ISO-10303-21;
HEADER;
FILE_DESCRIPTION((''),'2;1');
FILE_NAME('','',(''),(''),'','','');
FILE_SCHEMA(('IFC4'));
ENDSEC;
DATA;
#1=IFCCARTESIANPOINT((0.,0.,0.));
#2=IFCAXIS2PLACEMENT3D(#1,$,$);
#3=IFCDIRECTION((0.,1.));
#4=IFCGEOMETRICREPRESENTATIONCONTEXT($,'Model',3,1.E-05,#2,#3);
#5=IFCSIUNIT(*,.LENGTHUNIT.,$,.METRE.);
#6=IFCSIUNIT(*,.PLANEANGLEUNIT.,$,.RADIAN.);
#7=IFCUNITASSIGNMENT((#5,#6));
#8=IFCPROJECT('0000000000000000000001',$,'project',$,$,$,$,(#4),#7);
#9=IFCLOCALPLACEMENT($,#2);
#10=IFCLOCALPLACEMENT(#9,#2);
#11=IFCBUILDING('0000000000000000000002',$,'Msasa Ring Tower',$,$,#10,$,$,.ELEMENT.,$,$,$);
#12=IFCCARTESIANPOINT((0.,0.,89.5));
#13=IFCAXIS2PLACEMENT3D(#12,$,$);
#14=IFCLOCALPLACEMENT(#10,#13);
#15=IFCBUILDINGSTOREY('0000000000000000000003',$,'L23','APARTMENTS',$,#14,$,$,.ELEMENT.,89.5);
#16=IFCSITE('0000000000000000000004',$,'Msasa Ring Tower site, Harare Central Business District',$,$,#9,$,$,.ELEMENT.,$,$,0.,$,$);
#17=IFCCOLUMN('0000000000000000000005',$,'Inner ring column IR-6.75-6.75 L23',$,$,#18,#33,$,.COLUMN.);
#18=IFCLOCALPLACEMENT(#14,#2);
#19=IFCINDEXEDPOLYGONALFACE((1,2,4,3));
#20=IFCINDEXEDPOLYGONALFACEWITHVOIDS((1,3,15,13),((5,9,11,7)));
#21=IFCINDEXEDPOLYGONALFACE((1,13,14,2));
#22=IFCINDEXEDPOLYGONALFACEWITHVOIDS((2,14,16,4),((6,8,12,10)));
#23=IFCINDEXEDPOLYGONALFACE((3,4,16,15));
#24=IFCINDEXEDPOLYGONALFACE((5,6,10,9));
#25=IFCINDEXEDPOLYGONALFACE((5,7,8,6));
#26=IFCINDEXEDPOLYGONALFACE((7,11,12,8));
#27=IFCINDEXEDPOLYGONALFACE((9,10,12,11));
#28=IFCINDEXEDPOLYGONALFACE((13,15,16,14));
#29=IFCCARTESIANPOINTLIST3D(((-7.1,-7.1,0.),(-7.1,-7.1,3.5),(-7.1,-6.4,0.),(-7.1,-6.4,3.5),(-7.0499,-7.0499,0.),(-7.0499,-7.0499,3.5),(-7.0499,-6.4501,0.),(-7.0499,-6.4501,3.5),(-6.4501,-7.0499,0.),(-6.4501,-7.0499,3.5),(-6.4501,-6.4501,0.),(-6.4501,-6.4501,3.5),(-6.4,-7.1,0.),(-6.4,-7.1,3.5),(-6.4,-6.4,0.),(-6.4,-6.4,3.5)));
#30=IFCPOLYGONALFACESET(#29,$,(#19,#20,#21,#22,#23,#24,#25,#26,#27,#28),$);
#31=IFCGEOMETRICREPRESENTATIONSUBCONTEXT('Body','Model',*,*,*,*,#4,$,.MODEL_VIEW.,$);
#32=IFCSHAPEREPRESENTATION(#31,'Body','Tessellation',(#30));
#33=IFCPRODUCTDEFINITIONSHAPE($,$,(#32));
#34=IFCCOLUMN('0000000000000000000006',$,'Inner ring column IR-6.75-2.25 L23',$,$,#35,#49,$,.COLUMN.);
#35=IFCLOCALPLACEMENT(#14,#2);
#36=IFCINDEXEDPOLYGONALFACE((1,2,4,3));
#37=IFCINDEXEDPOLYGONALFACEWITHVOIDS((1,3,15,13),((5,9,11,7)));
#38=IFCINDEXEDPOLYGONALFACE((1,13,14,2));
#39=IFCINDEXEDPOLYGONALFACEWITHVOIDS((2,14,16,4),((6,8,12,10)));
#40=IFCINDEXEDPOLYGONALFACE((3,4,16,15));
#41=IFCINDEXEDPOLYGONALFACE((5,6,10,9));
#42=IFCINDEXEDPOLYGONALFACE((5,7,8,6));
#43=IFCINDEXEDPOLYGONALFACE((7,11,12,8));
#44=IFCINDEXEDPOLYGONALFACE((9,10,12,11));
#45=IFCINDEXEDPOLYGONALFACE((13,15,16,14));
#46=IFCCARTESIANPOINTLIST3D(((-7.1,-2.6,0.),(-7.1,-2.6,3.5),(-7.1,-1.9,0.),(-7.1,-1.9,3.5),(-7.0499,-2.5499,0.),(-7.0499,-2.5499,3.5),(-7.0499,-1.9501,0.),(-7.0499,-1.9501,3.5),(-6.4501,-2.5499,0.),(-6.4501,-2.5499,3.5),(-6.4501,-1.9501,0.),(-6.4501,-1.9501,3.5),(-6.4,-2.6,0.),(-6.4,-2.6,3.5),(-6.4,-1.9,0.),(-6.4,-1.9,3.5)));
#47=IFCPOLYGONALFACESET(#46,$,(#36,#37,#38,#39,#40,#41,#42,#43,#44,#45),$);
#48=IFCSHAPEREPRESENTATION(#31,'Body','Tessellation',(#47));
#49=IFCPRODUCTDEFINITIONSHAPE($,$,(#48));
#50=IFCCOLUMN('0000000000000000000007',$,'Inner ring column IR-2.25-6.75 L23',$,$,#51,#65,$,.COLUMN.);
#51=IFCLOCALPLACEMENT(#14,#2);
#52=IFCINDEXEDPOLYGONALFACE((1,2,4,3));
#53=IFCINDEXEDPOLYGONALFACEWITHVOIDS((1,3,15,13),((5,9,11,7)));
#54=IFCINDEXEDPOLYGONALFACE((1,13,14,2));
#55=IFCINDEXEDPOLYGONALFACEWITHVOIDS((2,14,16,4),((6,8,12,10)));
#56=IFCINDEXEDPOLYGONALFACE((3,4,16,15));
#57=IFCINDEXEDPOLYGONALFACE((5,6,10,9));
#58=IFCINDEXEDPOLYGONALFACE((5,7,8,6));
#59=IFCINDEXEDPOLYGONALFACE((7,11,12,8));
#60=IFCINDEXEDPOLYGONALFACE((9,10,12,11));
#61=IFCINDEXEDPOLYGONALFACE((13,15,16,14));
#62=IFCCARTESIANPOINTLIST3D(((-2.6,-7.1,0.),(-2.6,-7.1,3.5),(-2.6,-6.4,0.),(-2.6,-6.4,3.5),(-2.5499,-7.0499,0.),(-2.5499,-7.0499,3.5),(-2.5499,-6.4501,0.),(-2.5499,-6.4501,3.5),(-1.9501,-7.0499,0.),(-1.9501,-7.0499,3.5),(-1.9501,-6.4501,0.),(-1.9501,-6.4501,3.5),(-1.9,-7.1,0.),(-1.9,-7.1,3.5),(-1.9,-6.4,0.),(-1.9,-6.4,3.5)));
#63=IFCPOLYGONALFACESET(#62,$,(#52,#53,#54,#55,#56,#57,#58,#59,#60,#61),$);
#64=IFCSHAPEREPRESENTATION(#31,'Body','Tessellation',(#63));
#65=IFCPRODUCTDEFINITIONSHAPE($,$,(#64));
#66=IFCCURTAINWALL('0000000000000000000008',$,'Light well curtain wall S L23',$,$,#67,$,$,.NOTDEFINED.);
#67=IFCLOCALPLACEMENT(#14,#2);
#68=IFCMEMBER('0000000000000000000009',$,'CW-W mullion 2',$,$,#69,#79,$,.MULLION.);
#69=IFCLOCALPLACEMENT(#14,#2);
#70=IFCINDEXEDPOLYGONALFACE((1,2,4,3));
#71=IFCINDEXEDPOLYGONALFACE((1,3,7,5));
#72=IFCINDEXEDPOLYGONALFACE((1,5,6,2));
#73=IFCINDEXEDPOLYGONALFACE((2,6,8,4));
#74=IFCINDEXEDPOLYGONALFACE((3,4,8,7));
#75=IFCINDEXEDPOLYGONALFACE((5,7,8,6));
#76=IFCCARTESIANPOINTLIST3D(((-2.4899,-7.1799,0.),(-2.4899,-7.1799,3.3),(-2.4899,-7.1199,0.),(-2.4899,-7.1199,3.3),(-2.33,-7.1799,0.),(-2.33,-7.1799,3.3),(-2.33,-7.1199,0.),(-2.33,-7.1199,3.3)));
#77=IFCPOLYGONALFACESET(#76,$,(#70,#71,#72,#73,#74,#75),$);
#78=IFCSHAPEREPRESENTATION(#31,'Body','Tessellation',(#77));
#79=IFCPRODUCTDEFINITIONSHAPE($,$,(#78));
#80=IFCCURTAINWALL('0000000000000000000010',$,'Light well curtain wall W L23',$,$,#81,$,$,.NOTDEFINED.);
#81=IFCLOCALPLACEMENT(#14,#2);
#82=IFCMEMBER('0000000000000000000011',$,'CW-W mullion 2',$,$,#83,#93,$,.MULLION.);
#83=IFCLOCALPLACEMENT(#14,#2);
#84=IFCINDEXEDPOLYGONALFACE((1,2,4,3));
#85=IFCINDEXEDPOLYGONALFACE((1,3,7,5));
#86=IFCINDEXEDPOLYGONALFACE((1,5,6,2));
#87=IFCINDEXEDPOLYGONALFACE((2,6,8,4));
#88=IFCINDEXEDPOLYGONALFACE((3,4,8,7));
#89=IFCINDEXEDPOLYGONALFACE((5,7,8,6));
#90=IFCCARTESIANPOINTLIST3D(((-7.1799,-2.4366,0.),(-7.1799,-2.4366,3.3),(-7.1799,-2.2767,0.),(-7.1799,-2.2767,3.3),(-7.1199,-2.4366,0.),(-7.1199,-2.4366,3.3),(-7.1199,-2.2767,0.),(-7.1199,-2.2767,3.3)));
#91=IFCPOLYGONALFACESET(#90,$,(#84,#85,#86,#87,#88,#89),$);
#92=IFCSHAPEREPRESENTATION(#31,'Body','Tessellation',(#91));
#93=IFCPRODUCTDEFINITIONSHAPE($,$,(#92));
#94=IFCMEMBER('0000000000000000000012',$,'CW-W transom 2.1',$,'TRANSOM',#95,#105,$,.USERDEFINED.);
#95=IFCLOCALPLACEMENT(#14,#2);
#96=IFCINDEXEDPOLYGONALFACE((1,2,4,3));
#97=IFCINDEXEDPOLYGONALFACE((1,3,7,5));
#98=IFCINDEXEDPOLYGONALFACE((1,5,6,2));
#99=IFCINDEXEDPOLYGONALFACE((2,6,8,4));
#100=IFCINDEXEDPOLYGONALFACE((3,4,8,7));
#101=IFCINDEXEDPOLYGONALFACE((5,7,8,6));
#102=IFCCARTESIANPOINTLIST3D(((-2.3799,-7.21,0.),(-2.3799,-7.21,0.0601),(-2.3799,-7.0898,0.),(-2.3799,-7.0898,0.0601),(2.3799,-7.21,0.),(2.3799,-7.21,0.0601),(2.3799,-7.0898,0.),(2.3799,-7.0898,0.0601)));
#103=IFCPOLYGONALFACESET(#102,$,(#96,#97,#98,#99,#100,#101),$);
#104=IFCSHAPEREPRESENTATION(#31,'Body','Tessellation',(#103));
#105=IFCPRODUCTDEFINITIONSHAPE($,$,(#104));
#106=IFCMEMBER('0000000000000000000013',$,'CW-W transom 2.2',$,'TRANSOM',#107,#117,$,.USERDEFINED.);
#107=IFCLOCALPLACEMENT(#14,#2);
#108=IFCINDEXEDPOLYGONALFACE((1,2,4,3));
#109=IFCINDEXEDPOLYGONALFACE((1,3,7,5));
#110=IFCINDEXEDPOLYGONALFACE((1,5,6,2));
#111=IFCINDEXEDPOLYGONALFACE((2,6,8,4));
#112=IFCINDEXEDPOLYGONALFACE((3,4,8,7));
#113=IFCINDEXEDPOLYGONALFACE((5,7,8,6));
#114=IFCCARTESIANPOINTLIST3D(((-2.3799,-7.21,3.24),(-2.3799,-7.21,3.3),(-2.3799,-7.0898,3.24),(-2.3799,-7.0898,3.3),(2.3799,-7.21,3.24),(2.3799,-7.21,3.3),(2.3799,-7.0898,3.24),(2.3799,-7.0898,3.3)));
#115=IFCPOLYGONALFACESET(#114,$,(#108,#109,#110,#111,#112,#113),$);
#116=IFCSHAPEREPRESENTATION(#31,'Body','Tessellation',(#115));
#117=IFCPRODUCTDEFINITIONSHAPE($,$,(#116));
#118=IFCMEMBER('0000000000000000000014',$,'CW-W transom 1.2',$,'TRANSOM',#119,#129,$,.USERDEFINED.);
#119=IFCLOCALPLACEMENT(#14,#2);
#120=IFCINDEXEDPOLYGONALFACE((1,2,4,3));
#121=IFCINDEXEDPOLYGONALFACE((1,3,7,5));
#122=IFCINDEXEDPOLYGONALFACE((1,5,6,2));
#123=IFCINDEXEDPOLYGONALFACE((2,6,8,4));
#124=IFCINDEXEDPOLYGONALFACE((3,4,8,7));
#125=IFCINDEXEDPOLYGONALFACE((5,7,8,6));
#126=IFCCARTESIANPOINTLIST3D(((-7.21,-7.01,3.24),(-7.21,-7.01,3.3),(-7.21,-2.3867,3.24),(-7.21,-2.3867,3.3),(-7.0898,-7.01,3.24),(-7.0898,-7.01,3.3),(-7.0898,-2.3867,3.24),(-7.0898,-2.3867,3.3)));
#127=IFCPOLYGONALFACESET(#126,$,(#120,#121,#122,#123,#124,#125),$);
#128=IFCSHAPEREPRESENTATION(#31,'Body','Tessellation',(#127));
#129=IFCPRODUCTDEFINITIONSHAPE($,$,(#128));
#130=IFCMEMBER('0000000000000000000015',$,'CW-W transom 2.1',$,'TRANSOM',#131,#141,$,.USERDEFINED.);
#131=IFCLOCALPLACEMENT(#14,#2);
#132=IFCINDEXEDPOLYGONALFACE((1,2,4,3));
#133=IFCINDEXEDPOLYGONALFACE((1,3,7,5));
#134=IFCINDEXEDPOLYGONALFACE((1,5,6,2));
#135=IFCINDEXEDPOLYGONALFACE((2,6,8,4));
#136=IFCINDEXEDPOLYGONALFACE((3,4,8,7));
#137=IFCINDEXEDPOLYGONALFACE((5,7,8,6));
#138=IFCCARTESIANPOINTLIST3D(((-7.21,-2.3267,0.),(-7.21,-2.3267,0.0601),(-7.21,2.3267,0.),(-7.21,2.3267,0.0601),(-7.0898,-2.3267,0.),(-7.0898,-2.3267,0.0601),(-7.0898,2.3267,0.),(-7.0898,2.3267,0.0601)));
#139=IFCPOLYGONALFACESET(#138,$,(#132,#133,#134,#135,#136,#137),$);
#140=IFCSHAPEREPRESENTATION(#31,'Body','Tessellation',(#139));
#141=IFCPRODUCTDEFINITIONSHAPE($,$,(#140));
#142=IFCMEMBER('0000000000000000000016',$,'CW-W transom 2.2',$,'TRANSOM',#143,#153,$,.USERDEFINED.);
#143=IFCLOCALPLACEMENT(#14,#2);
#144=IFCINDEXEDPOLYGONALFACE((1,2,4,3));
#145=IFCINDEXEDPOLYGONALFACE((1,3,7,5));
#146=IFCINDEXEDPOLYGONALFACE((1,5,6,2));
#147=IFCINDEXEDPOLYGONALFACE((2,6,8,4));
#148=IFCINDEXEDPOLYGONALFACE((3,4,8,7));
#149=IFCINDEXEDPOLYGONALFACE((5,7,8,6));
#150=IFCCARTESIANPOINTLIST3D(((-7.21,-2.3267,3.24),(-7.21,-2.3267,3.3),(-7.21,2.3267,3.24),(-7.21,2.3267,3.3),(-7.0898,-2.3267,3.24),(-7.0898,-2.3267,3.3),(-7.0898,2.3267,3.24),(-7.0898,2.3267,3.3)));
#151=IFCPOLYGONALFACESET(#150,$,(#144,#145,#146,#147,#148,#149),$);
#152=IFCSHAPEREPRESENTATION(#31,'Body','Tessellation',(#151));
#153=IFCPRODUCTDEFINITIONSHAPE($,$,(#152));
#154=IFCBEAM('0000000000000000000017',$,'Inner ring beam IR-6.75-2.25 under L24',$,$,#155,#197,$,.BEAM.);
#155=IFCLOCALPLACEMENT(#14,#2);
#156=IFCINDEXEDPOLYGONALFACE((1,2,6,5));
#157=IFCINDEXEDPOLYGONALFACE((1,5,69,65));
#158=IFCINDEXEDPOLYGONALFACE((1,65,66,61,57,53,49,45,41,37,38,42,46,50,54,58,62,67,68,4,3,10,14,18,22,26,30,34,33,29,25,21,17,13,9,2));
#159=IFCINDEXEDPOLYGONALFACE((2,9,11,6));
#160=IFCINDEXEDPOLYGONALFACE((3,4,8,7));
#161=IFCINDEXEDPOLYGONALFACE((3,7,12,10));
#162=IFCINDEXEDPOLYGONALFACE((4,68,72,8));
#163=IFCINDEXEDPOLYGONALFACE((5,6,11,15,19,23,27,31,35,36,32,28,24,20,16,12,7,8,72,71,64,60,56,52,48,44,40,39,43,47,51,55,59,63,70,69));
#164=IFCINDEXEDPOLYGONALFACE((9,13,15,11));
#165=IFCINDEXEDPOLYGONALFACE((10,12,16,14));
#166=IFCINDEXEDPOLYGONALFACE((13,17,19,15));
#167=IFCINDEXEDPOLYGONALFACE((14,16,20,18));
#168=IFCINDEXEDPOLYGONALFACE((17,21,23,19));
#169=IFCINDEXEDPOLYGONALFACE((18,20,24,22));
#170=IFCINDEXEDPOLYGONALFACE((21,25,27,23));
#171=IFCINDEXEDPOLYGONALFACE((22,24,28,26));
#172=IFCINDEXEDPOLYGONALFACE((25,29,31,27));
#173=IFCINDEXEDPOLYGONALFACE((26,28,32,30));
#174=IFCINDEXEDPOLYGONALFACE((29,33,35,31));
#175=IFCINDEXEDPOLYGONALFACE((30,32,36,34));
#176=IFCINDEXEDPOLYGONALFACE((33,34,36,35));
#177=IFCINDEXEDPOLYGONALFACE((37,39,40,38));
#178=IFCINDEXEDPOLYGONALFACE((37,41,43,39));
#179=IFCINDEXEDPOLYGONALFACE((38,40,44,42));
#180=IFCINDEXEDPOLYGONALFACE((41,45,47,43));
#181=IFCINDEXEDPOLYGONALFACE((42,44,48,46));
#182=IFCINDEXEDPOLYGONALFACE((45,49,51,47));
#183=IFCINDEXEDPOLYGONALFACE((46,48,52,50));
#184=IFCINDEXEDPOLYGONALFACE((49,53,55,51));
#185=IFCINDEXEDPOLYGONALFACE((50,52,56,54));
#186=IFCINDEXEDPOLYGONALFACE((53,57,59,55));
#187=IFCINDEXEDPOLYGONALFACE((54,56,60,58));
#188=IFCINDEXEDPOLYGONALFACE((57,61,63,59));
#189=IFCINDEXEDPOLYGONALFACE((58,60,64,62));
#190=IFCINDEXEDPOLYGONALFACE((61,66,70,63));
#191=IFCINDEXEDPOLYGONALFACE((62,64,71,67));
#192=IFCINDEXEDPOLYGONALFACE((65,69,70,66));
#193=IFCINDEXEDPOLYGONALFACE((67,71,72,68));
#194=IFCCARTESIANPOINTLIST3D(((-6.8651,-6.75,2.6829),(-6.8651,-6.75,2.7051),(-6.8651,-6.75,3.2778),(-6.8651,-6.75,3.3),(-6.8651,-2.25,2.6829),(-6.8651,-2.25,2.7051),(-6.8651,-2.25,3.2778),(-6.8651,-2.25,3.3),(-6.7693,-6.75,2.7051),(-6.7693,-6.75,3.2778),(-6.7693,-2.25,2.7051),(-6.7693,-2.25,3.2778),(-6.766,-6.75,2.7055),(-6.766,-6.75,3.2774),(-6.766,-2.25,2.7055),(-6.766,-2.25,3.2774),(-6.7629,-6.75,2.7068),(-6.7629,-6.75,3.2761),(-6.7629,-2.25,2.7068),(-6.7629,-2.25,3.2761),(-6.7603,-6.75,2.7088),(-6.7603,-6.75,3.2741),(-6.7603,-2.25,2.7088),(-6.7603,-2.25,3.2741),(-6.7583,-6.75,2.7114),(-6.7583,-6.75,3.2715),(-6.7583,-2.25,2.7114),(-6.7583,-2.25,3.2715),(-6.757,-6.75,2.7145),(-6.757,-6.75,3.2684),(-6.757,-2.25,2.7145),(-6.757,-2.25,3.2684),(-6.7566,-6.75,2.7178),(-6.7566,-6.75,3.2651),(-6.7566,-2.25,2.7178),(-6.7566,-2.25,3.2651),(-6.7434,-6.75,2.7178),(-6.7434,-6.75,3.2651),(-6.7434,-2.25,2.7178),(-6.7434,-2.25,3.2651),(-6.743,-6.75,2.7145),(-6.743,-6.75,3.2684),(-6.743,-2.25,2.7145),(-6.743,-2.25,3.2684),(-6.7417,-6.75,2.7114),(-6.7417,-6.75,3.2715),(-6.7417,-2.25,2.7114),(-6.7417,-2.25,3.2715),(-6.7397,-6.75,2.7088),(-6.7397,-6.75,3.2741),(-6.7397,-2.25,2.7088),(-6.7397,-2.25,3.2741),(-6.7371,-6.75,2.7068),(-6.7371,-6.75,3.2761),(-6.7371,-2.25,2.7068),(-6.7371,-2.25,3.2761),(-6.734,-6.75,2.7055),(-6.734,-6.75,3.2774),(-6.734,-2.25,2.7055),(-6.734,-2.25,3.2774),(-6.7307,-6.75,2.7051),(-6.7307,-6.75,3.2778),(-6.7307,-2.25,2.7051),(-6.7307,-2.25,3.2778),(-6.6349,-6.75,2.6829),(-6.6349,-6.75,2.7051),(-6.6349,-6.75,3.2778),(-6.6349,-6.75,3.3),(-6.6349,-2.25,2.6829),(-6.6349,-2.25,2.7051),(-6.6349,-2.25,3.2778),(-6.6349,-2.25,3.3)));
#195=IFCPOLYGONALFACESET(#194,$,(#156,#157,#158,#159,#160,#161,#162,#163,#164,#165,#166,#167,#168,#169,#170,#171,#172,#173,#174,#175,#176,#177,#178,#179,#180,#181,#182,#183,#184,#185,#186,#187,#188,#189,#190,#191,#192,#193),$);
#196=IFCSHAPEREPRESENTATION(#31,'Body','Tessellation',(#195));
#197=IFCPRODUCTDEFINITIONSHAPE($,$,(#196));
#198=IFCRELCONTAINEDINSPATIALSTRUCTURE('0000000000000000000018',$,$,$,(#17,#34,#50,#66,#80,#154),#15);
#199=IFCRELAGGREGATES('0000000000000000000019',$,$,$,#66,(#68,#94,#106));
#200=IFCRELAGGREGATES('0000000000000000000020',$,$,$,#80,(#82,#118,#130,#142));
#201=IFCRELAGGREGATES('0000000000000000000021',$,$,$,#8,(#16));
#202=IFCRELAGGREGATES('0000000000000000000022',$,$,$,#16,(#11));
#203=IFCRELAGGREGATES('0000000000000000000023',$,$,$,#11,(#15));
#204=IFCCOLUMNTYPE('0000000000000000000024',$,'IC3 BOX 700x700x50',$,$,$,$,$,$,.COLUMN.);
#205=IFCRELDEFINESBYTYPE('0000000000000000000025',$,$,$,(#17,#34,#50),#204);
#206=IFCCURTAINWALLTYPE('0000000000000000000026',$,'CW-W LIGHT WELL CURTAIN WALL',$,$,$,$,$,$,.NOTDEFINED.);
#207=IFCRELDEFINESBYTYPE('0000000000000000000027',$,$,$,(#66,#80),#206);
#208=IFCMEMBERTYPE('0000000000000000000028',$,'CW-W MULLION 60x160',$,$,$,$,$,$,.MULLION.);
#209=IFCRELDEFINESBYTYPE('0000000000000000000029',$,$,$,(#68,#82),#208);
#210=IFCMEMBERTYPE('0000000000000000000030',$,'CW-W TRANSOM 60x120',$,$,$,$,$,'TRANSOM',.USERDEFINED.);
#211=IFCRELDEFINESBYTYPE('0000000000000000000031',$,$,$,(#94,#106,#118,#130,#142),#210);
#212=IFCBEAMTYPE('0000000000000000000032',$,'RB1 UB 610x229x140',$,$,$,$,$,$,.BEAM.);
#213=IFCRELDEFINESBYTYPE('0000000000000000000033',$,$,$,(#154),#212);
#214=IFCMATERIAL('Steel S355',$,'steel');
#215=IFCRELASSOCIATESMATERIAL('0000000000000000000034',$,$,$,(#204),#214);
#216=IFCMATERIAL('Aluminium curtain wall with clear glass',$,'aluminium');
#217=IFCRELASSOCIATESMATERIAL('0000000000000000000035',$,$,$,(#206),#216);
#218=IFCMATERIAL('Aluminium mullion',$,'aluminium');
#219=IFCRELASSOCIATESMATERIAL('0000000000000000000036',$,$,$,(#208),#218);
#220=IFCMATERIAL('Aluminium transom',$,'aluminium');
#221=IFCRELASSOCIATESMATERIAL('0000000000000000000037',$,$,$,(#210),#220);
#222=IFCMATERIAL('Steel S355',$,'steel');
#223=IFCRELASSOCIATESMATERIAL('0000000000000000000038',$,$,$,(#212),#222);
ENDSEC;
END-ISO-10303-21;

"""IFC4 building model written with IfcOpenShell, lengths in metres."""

from ifc_helpers import new_model, si_unit, direction, frame, origin, origin_2d, place, context, subcontext, project, spatial, rectangle, hollow_rectangle, i_section, extrude, material, material_profile, profile_set, type_object, element, aggregate, save


model = new_model("IFC4")

# Units and contexts
model_context = context("Model", 3, precision=1e-05, world=origin(), true_north=direction((0.0, 1.0)))
body_context = subcontext(model_context, "Body", "Model", "MODEL_VIEW")
ifc_project = project(units=[si_unit("LENGTHUNIT", "METRE"), si_unit("PLANEANGLEUNIT", "RADIAN")], contexts=[model_context])

# Site, building, storey
site_placement = place(None, origin())
site = spatial("IfcSite", under=ifc_project, at=site_placement, Name="Msasa Ring Tower site, Harare Central Business District", CompositionType="ELEMENT", RefElevation=0.0)
building_placement = place(site_placement, origin())
building = spatial("IfcBuilding", under=site, at=building_placement, Name="Msasa Ring Tower", CompositionType="ELEMENT")
storey_placement = place(building_placement, frame((0.0, 0.0, 89.5)))
storey = spatial("IfcBuildingStorey", under=building, at=storey_placement, Name="L23", Description="APARTMENTS", CompositionType="ELEMENT", Elevation=89.5)

# Columns
ifc_material_1 = material(Name="Steel S355", Category="steel")
ifc_material_profile_1 = material_profile(ifc_material_1, hollow_rectangle(XDim=0.7, YDim=0.7, WallThickness=0.05, at=origin_2d()), Name="BOX 700x700x50")
ifc_profile_set_1 = profile_set([ifc_material_profile_1], Name="Steel S355")
column_type = type_object("IfcColumnType", Name="IC3 BOX 700x700x50", PredefinedType="COLUMN", material=ifc_profile_set_1)
for number, where, z_axis, x_axis, name in (
    (1, (-6.75, -6.75, 0.0), (0.0, 0.0, 1.0), (1.0, 0.0, 0.0), "Inner ring column IR-6.75-6.75 L23"),
    (2, (-6.75, -2.25, 0.0), (0.0, 0.0, 1.0), (1.0, 0.0, 0.0), "Inner ring column IR-6.75-2.25 L23"),
    (3, (-2.25, -6.75, 0.0), (0.0, 0.0, 1.0), (1.0, 0.0, 0.0), "Inner ring column IR-2.25-6.75 L23"),
):
    element("IfcColumn", number, at=place(storey_placement, frame(where, z_axis=z_axis, x_axis=x_axis)), inside=storey, type_object=column_type, Name=name, PredefinedType="COLUMN", context=body_context, shape_type="SweptSolid", body=[
        extrude(hollow_rectangle(XDim=0.7, YDim=0.7, WallThickness=0.05, at=origin_2d()), origin(), (0.0, 0.0, 1.0), 3.5),
    ])

# Curtain walls, members
ifc_material_2 = material(Name="Aluminium curtain wall with clear glass", Category="aluminium")
curtain_wall_type = type_object("IfcCurtainWallType", Name="CW-W LIGHT WELL CURTAIN WALL", PredefinedType="NOTDEFINED", material=ifc_material_2)
curtain_wall_1_placement = place(storey_placement, origin())
curtain_wall_1 = element("IfcCurtainWall", 4, at=curtain_wall_1_placement, inside=storey, type_object=curtain_wall_type, Name="Light well curtain wall S L23", PredefinedType="NOTDEFINED")
ifc_material_3 = material(Name="Aluminium mullion", Category="aluminium")
ifc_material_profile_2 = material_profile(ifc_material_3, rectangle(XDim=0.0601, YDim=0.1599, at=origin_2d()), Name="AL 60x160")
ifc_profile_set_2 = profile_set([ifc_material_profile_2], Name="Aluminium mullion")
member_type_1 = type_object("IfcMemberType", Name="CW-W MULLION 60x160", PredefinedType="MULLION", material=ifc_profile_set_2)
member_1_placement = place(storey_placement, frame((-2.4099, -7.1499, 0.0), z_axis=(0.0, 0.0, 1.0), x_axis=(0.0, 1.0, 0.0)))
member_1 = element("IfcMember", 5, at=member_1_placement, type_object=member_type_1, Name="CW-W mullion 2", PredefinedType="MULLION", context=body_context, shape_type="SweptSolid", body=[
    extrude(rectangle(XDim=0.0601, YDim=0.1599, at=origin_2d()), origin(), (0.0, 0.0, 1.0), 3.3),
])
curtain_wall_2_placement = place(storey_placement, origin())
curtain_wall_2 = element("IfcCurtainWall", 6, at=curtain_wall_2_placement, inside=storey, type_object=curtain_wall_type, Name="Light well curtain wall W L23", PredefinedType="NOTDEFINED")
member_2_placement = place(storey_placement, frame((-7.1499, -2.3567, 0.0), z_axis=(0.0, 0.0, 1.0), x_axis=(-1.0, 0.0, 0.0)))
member_2 = element("IfcMember", 7, at=member_2_placement, type_object=member_type_1, Name="CW-W mullion 2", PredefinedType="MULLION", context=body_context, shape_type="SweptSolid", body=[
    extrude(rectangle(XDim=0.0601, YDim=0.1599, at=origin_2d()), origin(), (0.0, 0.0, 1.0), 3.3),
])

# Members
ifc_material_4 = material(Name="Aluminium transom", Category="aluminium")
ifc_material_profile_3 = material_profile(ifc_material_4, rectangle(XDim=0.1201, YDim=0.0601, at=origin_2d()), Name="AL 60x120")
ifc_profile_set_3 = profile_set([ifc_material_profile_3], Name="Aluminium transom")
member_type_2 = type_object("IfcMemberType", Name="CW-W TRANSOM 60x120", ElementType="TRANSOM", PredefinedType="USERDEFINED", material=ifc_profile_set_3)
member_3_placement = place(storey_placement, frame((-2.3799, -7.1499, 0.03), z_axis=(1.0, 0.0, 0.0), x_axis=(0.0, 1.0, 0.0)))
member_3 = element("IfcMember", 8, at=member_3_placement, type_object=member_type_2, Name="CW-W transom 2.1", ObjectType="TRANSOM", PredefinedType="USERDEFINED", context=body_context, shape_type="SweptSolid", body=[
    extrude(rectangle(XDim=0.1201, YDim=0.0601, at=origin_2d()), origin(), (0.0, 0.0, 1.0), 4.7598),
])
member_4_placement = place(storey_placement, frame((-2.3799, -7.1499, 3.27), z_axis=(1.0, 0.0, 0.0), x_axis=(0.0, 1.0, 0.0)))
member_4 = element("IfcMember", 9, at=member_4_placement, type_object=member_type_2, Name="CW-W transom 2.2", ObjectType="TRANSOM", PredefinedType="USERDEFINED", context=body_context, shape_type="SweptSolid", body=[
    extrude(rectangle(XDim=0.1201, YDim=0.0601, at=origin_2d()), origin(), (0.0, 0.0, 1.0), 4.7598),
])
member_5_placement = place(storey_placement, frame((-7.1499, -7.01, 3.27), z_axis=(0.0, 1.0, 0.0), x_axis=(-1.0, 0.0, 0.0)))
member_5 = element("IfcMember", 10, at=member_5_placement, type_object=member_type_2, Name="CW-W transom 1.2", ObjectType="TRANSOM", PredefinedType="USERDEFINED", context=body_context, shape_type="SweptSolid", body=[
    extrude(rectangle(XDim=0.1201, YDim=0.0601, at=origin_2d()), origin(), (0.0, 0.0, 1.0), 4.6233),
])
member_6_placement = place(storey_placement, frame((-7.1499, -2.3267, 0.03), z_axis=(0.0, 1.0, 0.0), x_axis=(-1.0, 0.0, 0.0)))
member_6 = element("IfcMember", 11, at=member_6_placement, type_object=member_type_2, Name="CW-W transom 2.1", ObjectType="TRANSOM", PredefinedType="USERDEFINED", context=body_context, shape_type="SweptSolid", body=[
    extrude(rectangle(XDim=0.1201, YDim=0.0601, at=origin_2d()), origin(), (0.0, 0.0, 1.0), 4.6533),
])
member_7_placement = place(storey_placement, frame((-7.1499, -2.3267, 3.27), z_axis=(0.0, 1.0, 0.0), x_axis=(-1.0, 0.0, 0.0)))
member_7 = element("IfcMember", 12, at=member_7_placement, type_object=member_type_2, Name="CW-W transom 2.2", ObjectType="TRANSOM", PredefinedType="USERDEFINED", context=body_context, shape_type="SweptSolid", body=[
    extrude(rectangle(XDim=0.1201, YDim=0.0601, at=origin_2d()), origin(), (0.0, 0.0, 1.0), 4.6533),
])

# Beam
ifc_material_5 = material(Name="Steel S355", Category="steel")
ifc_material_profile_4 = material_profile(ifc_material_5, i_section(OverallWidth=0.2302, OverallDepth=0.6172, WebThickness=0.0132, FlangeThickness=0.0222, FilletRadius=0.0127, at=origin_2d()), Name="UB 610x229x140")
ifc_profile_set_4 = profile_set([ifc_material_profile_4], Name="Steel S355")
beam_type = type_object("IfcBeamType", Name="RB1 UB 610x229x140", PredefinedType="BEAM", material=ifc_profile_set_4)
for number, where, z_axis, x_axis, name in (
    (13, (-6.75, -2.25, 2.9915), (0.0, -1.0, 0.0), (1.0, 0.0, 0.0), "Inner ring beam IR-6.75-2.25 under L24"),
):
    element("IfcBeam", number, at=place(storey_placement, frame(where, z_axis=z_axis, x_axis=x_axis)), inside=storey, type_object=beam_type, Name=name, PredefinedType="BEAM", context=body_context, shape_type="SweptSolid", body=[
        extrude(i_section(OverallWidth=0.2302, OverallDepth=0.6172, WebThickness=0.0132, FlangeThickness=0.0222, FilletRadius=0.0127, at=origin_2d()), origin(), (0.0, 0.0, 1.0), 4.5),
    ])

aggregate(curtain_wall_1, [member_1, member_3, member_4])
aggregate(curtain_wall_2, [member_2, member_5, member_6, member_7])

save(model, "model.ifc")
